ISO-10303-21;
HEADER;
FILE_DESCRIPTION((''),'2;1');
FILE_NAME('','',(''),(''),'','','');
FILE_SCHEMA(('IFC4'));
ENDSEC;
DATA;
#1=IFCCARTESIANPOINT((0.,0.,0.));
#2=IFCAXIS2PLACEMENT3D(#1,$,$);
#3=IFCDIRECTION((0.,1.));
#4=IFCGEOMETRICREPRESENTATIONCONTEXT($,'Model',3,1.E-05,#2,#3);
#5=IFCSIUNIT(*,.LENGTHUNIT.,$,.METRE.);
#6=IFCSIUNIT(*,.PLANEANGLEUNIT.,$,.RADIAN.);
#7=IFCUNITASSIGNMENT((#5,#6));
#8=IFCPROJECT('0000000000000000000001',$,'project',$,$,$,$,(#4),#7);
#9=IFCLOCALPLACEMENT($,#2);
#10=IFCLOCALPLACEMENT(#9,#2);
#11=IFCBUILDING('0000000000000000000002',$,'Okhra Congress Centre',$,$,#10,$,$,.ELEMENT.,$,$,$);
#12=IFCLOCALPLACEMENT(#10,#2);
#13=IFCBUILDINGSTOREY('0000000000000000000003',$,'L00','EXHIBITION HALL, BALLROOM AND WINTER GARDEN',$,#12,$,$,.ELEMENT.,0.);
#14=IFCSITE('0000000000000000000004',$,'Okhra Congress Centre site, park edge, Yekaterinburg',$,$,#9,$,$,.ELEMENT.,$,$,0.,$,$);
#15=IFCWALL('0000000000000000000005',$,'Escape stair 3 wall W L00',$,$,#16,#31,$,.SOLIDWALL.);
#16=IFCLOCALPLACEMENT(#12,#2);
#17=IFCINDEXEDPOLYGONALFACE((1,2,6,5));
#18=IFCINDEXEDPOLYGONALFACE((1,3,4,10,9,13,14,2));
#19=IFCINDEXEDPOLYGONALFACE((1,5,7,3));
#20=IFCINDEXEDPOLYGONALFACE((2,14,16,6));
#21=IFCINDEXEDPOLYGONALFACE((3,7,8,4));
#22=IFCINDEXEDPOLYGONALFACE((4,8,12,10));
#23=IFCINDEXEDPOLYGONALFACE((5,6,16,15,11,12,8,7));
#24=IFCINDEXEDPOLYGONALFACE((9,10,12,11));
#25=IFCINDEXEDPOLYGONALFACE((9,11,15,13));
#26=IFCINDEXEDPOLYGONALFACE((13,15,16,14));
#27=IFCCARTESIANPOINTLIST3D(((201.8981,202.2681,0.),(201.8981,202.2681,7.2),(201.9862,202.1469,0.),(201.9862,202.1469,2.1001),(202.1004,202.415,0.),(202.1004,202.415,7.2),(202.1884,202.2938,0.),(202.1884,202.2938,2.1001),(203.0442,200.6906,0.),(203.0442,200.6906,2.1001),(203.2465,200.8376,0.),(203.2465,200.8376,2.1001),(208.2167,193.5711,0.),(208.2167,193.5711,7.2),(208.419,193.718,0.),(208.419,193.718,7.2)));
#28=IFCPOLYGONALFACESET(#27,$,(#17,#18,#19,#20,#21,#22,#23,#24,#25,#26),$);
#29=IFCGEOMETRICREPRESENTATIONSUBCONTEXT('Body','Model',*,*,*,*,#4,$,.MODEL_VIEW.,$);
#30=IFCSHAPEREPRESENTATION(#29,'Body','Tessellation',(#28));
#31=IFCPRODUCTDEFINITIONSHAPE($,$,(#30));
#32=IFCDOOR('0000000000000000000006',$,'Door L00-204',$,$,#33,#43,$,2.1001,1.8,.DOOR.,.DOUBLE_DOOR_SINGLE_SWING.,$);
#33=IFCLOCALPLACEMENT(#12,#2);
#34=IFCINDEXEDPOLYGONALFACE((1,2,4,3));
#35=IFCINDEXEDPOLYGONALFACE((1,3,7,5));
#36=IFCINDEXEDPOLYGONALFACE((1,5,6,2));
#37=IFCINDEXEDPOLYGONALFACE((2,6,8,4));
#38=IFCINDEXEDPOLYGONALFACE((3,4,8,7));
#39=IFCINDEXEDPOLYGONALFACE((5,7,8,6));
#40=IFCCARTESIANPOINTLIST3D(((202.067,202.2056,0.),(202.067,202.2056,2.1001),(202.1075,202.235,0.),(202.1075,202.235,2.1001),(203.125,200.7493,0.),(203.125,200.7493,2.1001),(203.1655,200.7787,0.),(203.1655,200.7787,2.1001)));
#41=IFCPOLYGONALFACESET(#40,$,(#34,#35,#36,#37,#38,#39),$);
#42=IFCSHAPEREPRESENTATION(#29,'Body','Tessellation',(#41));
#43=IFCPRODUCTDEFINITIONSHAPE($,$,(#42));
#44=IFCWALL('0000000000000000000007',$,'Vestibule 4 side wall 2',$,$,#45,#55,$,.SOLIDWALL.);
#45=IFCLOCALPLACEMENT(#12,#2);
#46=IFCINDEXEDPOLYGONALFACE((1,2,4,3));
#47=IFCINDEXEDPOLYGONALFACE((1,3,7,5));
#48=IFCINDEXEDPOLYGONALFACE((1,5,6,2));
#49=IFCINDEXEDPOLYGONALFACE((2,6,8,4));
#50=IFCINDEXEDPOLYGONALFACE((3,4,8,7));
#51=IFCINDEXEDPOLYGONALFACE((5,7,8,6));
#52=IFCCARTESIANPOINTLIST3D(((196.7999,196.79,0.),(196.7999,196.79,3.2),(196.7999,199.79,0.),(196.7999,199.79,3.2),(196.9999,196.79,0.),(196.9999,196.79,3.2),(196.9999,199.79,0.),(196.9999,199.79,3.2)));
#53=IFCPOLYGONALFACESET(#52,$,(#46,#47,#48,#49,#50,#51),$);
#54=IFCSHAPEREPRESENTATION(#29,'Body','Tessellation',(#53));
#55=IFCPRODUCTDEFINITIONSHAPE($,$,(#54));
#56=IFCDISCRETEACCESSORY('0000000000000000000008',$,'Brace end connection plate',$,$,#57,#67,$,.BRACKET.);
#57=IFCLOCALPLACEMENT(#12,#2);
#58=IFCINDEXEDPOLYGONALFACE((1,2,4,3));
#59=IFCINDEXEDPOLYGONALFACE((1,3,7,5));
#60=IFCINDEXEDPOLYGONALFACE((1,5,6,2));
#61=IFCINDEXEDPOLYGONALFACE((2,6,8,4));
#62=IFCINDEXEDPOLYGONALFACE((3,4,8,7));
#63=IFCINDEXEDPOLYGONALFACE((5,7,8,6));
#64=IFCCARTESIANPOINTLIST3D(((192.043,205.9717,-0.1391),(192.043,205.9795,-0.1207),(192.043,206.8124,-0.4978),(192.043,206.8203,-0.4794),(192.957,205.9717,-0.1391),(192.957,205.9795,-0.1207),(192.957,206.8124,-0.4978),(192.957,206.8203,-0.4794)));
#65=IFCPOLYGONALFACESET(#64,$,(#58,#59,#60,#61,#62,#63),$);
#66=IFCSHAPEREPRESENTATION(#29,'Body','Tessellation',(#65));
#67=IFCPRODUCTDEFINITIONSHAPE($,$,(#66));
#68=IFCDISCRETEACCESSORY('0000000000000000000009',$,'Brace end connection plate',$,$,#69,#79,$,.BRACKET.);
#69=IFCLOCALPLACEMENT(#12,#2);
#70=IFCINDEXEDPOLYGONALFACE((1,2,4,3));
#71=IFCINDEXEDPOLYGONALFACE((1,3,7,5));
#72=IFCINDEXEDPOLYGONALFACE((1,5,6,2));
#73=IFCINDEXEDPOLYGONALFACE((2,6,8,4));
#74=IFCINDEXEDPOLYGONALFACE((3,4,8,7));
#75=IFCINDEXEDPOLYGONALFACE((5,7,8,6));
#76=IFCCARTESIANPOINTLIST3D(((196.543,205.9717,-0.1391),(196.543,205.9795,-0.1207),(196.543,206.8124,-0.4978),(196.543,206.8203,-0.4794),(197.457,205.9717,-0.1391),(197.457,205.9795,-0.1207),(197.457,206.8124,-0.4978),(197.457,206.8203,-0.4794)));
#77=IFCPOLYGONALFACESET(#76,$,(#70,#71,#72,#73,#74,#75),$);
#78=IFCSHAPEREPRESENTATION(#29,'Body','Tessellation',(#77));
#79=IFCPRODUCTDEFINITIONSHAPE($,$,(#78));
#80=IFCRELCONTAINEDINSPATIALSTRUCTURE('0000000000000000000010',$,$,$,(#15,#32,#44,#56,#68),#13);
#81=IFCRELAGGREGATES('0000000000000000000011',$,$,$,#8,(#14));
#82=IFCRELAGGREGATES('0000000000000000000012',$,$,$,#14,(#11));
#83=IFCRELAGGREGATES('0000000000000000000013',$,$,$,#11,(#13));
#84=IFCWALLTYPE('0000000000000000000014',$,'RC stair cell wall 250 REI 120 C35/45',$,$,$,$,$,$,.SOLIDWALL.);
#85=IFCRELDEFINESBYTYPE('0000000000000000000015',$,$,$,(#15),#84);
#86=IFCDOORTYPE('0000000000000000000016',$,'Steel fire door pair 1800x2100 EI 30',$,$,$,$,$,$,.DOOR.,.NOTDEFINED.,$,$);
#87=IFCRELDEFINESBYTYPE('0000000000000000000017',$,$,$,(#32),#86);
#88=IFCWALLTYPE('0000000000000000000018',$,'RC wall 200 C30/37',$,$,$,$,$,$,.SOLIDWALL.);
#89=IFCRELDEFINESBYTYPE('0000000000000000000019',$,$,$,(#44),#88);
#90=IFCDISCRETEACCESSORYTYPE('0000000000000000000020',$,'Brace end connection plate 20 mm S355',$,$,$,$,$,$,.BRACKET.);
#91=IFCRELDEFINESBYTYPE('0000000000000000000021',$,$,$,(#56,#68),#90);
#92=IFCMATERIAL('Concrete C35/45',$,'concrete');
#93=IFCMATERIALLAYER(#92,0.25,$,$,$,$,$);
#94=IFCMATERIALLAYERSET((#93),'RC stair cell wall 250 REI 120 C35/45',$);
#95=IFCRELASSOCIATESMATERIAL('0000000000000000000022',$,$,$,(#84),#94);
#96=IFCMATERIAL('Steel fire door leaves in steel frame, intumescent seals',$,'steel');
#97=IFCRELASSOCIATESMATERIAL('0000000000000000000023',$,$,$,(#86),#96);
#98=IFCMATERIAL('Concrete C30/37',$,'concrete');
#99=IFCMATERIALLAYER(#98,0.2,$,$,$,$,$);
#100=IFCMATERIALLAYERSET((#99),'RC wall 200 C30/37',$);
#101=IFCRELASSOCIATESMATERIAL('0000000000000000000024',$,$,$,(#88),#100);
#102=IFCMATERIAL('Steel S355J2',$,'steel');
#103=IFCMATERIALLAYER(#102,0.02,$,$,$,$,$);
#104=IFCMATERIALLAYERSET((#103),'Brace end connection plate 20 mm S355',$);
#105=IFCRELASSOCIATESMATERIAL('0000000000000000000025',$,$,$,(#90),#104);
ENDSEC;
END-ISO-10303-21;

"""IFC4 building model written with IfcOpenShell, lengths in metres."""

from ifc_helpers import new_model, si_unit, direction, frame, frame_2d, origin, origin_2d, place, context, subcontext, project, spatial, rectangle, extrude, material, layer, layer_set, type_object, element, fill, save


model = new_model("IFC4")

# Units and contexts
model_context = context("Model", 3, precision=1e-05, world=origin(), true_north=direction((0.0, 1.0)))
body_context = subcontext(model_context, "Body", "Model", "MODEL_VIEW")
ifc_project = project(units=[si_unit("LENGTHUNIT", "METRE"), si_unit("PLANEANGLEUNIT", "RADIAN")], contexts=[model_context])

# Site, building, storey
site_placement = place(None, origin())
site = spatial("IfcSite", under=ifc_project, at=site_placement, Name="Okhra Congress Centre site, park edge, Yekaterinburg", CompositionType="ELEMENT", RefElevation=0.0)
building_placement = place(site_placement, origin())
building = spatial("IfcBuilding", under=site, at=building_placement, Name="Okhra Congress Centre", CompositionType="ELEMENT")
storey_placement = place(building_placement, origin())
storey = spatial("IfcBuildingStorey", under=building, at=storey_placement, Name="L00", Description="EXHIBITION HALL, BALLROOM AND WINTER GARDEN", CompositionType="ELEMENT", Elevation=0.0)

# Shared definitions
ifc_material_1 = material(Name="Concrete C30/37", Category="concrete")

# Shared definitions
ifc_material_2 = material(Name="Concrete C35/45", Category="concrete")

# Wall, opening, door
ifc_layer_1 = layer(ifc_material_2, 0.25)
ifc_layer_set_1 = layer_set([ifc_layer_1], Name="RC stair cell wall 250 REI 120 C35/45")
wall_type_1 = type_object("IfcWallType", Name="RC stair cell wall 250 REI 120 C35/45", PredefinedType="SOLIDWALL", material=ifc_layer_set_1)
wall_1_placement = place(storey_placement, frame((201.9993, 202.3416, 0.0), z_axis=(0.0, 0.0, 1.0), x_axis=(0.587776, -0.809024, 0.0)))
wall_1 = element("IfcWall", 1, at=wall_1_placement, inside=storey, type_object=wall_type_1, Name="Escape stair 3 wall W L00", PredefinedType="SOLIDWALL", context=body_context, shape_type="SweptSolid", body=[
    extrude(rectangle(XDim=10.75, YDim=0.25, at=frame_2d((5.375, 0.0))), origin(), (0.0, 0.0, 1.0), 7.2),
])
opening_placement = place(wall_1_placement, frame((0.1499, 0.0, 0.0)))
opening = element("IfcOpeningElement", 2, at=opening_placement, cuts=wall_1, PredefinedType="OPENING", context=body_context, shape_type="SweptSolid", body=[
    extrude(rectangle(XDim=1.8, YDim=2.1001, at=frame_2d((0.8999, 1.05))), frame((0.0, 0.135, 0.0), z_axis=(0.0, -1.0, 0.0), x_axis=(1.0, 0.0, 0.0)), (0.0, 0.0, 1.0), 0.27),
])
ifc_material_3 = material(Name="Steel fire door leaves in steel frame, intumescent seals", Category="steel")
door_type = type_object("IfcDoorType", Name="Steel fire door pair 1800x2100 EI 30", OperationType="NOTDEFINED", PredefinedType="DOOR", material=ifc_material_3)
door_placement = place(opening_placement, origin())
door = element("IfcDoor", 3, at=door_placement, inside=storey, type_object=door_type, Name="Door L00-204", OperationType="DOUBLE_DOOR_SINGLE_SWING", OverallHeight=2.1001, OverallWidth=1.8, PredefinedType="DOOR", context=body_context, shape_type="SweptSolid", body=[
    extrude(rectangle(XDim=1.8, YDim=2.1001, at=frame_2d((0.8999, 1.05))), frame((0.0, 0.0249, 0.0), z_axis=(0.0, -1.0, 0.0), x_axis=(1.0, 0.0, 0.0)), (0.0, 0.0, 1.0), 0.05),
])
fill(opening, door)

# Wall
ifc_layer_2 = layer(ifc_material_1, 0.2)
ifc_layer_set_2 = layer_set([ifc_layer_2], Name="RC wall 200 C30/37")
wall_type_2 = type_object("IfcWallType", Name="RC wall 200 C30/37", PredefinedType="SOLIDWALL", material=ifc_layer_set_2)
wall_2_placement = place(storey_placement, frame((196.8999, 199.79, 0.0), z_axis=(0.0, 0.0, 1.0), x_axis=(0.0, -1.0, 0.0)))
element("IfcWall", 4, at=wall_2_placement, inside=storey, type_object=wall_type_2, Name="Vestibule 4 side wall 2", PredefinedType="SOLIDWALL", context=body_context, shape_type="SweptSolid", body=[
    extrude(rectangle(XDim=3.0, YDim=0.2, at=frame_2d((1.5, 0.0))), origin(), (0.0, 0.0, 1.0), 3.2),
])

# Discrete accessories
ifc_material_4 = material(Name="Steel S355J2", Category="steel")
ifc_layer_3 = layer(ifc_material_4, 0.02)
ifc_layer_set_3 = layer_set([ifc_layer_3], Name="Brace end connection plate 20 mm S355")
discrete_accessory_type = type_object("IfcDiscreteAccessoryType", Name="Brace end connection plate 20 mm S355", PredefinedType="BRACKET", material=ifc_layer_set_3)
for number, where, z_axis, x_axis, name in (
    (5, (192.5, 206.3999, -0.3), (0.0, -0.392439, -0.919778), (1.0, 0.0, 0.0), "Brace end connection plate"),
    (6, (197.0, 206.3999, -0.3), (0.0, -0.392439, -0.919778), (1.0, 0.0, 0.0), "Brace end connection plate"),
):
    element("IfcDiscreteAccessory", number, at=place(storey_placement, frame(where, z_axis=z_axis, x_axis=x_axis)), inside=storey, type_object=discrete_accessory_type, Name=name, PredefinedType="BRACKET", context=body_context, shape_type="SweptSolid", body=[
        extrude(rectangle(XDim=0.9141, YDim=0.9141, at=origin_2d()), origin(), (0.0, 0.0, 1.0), 0.02),
    ])

save(model, "model.ifc")
